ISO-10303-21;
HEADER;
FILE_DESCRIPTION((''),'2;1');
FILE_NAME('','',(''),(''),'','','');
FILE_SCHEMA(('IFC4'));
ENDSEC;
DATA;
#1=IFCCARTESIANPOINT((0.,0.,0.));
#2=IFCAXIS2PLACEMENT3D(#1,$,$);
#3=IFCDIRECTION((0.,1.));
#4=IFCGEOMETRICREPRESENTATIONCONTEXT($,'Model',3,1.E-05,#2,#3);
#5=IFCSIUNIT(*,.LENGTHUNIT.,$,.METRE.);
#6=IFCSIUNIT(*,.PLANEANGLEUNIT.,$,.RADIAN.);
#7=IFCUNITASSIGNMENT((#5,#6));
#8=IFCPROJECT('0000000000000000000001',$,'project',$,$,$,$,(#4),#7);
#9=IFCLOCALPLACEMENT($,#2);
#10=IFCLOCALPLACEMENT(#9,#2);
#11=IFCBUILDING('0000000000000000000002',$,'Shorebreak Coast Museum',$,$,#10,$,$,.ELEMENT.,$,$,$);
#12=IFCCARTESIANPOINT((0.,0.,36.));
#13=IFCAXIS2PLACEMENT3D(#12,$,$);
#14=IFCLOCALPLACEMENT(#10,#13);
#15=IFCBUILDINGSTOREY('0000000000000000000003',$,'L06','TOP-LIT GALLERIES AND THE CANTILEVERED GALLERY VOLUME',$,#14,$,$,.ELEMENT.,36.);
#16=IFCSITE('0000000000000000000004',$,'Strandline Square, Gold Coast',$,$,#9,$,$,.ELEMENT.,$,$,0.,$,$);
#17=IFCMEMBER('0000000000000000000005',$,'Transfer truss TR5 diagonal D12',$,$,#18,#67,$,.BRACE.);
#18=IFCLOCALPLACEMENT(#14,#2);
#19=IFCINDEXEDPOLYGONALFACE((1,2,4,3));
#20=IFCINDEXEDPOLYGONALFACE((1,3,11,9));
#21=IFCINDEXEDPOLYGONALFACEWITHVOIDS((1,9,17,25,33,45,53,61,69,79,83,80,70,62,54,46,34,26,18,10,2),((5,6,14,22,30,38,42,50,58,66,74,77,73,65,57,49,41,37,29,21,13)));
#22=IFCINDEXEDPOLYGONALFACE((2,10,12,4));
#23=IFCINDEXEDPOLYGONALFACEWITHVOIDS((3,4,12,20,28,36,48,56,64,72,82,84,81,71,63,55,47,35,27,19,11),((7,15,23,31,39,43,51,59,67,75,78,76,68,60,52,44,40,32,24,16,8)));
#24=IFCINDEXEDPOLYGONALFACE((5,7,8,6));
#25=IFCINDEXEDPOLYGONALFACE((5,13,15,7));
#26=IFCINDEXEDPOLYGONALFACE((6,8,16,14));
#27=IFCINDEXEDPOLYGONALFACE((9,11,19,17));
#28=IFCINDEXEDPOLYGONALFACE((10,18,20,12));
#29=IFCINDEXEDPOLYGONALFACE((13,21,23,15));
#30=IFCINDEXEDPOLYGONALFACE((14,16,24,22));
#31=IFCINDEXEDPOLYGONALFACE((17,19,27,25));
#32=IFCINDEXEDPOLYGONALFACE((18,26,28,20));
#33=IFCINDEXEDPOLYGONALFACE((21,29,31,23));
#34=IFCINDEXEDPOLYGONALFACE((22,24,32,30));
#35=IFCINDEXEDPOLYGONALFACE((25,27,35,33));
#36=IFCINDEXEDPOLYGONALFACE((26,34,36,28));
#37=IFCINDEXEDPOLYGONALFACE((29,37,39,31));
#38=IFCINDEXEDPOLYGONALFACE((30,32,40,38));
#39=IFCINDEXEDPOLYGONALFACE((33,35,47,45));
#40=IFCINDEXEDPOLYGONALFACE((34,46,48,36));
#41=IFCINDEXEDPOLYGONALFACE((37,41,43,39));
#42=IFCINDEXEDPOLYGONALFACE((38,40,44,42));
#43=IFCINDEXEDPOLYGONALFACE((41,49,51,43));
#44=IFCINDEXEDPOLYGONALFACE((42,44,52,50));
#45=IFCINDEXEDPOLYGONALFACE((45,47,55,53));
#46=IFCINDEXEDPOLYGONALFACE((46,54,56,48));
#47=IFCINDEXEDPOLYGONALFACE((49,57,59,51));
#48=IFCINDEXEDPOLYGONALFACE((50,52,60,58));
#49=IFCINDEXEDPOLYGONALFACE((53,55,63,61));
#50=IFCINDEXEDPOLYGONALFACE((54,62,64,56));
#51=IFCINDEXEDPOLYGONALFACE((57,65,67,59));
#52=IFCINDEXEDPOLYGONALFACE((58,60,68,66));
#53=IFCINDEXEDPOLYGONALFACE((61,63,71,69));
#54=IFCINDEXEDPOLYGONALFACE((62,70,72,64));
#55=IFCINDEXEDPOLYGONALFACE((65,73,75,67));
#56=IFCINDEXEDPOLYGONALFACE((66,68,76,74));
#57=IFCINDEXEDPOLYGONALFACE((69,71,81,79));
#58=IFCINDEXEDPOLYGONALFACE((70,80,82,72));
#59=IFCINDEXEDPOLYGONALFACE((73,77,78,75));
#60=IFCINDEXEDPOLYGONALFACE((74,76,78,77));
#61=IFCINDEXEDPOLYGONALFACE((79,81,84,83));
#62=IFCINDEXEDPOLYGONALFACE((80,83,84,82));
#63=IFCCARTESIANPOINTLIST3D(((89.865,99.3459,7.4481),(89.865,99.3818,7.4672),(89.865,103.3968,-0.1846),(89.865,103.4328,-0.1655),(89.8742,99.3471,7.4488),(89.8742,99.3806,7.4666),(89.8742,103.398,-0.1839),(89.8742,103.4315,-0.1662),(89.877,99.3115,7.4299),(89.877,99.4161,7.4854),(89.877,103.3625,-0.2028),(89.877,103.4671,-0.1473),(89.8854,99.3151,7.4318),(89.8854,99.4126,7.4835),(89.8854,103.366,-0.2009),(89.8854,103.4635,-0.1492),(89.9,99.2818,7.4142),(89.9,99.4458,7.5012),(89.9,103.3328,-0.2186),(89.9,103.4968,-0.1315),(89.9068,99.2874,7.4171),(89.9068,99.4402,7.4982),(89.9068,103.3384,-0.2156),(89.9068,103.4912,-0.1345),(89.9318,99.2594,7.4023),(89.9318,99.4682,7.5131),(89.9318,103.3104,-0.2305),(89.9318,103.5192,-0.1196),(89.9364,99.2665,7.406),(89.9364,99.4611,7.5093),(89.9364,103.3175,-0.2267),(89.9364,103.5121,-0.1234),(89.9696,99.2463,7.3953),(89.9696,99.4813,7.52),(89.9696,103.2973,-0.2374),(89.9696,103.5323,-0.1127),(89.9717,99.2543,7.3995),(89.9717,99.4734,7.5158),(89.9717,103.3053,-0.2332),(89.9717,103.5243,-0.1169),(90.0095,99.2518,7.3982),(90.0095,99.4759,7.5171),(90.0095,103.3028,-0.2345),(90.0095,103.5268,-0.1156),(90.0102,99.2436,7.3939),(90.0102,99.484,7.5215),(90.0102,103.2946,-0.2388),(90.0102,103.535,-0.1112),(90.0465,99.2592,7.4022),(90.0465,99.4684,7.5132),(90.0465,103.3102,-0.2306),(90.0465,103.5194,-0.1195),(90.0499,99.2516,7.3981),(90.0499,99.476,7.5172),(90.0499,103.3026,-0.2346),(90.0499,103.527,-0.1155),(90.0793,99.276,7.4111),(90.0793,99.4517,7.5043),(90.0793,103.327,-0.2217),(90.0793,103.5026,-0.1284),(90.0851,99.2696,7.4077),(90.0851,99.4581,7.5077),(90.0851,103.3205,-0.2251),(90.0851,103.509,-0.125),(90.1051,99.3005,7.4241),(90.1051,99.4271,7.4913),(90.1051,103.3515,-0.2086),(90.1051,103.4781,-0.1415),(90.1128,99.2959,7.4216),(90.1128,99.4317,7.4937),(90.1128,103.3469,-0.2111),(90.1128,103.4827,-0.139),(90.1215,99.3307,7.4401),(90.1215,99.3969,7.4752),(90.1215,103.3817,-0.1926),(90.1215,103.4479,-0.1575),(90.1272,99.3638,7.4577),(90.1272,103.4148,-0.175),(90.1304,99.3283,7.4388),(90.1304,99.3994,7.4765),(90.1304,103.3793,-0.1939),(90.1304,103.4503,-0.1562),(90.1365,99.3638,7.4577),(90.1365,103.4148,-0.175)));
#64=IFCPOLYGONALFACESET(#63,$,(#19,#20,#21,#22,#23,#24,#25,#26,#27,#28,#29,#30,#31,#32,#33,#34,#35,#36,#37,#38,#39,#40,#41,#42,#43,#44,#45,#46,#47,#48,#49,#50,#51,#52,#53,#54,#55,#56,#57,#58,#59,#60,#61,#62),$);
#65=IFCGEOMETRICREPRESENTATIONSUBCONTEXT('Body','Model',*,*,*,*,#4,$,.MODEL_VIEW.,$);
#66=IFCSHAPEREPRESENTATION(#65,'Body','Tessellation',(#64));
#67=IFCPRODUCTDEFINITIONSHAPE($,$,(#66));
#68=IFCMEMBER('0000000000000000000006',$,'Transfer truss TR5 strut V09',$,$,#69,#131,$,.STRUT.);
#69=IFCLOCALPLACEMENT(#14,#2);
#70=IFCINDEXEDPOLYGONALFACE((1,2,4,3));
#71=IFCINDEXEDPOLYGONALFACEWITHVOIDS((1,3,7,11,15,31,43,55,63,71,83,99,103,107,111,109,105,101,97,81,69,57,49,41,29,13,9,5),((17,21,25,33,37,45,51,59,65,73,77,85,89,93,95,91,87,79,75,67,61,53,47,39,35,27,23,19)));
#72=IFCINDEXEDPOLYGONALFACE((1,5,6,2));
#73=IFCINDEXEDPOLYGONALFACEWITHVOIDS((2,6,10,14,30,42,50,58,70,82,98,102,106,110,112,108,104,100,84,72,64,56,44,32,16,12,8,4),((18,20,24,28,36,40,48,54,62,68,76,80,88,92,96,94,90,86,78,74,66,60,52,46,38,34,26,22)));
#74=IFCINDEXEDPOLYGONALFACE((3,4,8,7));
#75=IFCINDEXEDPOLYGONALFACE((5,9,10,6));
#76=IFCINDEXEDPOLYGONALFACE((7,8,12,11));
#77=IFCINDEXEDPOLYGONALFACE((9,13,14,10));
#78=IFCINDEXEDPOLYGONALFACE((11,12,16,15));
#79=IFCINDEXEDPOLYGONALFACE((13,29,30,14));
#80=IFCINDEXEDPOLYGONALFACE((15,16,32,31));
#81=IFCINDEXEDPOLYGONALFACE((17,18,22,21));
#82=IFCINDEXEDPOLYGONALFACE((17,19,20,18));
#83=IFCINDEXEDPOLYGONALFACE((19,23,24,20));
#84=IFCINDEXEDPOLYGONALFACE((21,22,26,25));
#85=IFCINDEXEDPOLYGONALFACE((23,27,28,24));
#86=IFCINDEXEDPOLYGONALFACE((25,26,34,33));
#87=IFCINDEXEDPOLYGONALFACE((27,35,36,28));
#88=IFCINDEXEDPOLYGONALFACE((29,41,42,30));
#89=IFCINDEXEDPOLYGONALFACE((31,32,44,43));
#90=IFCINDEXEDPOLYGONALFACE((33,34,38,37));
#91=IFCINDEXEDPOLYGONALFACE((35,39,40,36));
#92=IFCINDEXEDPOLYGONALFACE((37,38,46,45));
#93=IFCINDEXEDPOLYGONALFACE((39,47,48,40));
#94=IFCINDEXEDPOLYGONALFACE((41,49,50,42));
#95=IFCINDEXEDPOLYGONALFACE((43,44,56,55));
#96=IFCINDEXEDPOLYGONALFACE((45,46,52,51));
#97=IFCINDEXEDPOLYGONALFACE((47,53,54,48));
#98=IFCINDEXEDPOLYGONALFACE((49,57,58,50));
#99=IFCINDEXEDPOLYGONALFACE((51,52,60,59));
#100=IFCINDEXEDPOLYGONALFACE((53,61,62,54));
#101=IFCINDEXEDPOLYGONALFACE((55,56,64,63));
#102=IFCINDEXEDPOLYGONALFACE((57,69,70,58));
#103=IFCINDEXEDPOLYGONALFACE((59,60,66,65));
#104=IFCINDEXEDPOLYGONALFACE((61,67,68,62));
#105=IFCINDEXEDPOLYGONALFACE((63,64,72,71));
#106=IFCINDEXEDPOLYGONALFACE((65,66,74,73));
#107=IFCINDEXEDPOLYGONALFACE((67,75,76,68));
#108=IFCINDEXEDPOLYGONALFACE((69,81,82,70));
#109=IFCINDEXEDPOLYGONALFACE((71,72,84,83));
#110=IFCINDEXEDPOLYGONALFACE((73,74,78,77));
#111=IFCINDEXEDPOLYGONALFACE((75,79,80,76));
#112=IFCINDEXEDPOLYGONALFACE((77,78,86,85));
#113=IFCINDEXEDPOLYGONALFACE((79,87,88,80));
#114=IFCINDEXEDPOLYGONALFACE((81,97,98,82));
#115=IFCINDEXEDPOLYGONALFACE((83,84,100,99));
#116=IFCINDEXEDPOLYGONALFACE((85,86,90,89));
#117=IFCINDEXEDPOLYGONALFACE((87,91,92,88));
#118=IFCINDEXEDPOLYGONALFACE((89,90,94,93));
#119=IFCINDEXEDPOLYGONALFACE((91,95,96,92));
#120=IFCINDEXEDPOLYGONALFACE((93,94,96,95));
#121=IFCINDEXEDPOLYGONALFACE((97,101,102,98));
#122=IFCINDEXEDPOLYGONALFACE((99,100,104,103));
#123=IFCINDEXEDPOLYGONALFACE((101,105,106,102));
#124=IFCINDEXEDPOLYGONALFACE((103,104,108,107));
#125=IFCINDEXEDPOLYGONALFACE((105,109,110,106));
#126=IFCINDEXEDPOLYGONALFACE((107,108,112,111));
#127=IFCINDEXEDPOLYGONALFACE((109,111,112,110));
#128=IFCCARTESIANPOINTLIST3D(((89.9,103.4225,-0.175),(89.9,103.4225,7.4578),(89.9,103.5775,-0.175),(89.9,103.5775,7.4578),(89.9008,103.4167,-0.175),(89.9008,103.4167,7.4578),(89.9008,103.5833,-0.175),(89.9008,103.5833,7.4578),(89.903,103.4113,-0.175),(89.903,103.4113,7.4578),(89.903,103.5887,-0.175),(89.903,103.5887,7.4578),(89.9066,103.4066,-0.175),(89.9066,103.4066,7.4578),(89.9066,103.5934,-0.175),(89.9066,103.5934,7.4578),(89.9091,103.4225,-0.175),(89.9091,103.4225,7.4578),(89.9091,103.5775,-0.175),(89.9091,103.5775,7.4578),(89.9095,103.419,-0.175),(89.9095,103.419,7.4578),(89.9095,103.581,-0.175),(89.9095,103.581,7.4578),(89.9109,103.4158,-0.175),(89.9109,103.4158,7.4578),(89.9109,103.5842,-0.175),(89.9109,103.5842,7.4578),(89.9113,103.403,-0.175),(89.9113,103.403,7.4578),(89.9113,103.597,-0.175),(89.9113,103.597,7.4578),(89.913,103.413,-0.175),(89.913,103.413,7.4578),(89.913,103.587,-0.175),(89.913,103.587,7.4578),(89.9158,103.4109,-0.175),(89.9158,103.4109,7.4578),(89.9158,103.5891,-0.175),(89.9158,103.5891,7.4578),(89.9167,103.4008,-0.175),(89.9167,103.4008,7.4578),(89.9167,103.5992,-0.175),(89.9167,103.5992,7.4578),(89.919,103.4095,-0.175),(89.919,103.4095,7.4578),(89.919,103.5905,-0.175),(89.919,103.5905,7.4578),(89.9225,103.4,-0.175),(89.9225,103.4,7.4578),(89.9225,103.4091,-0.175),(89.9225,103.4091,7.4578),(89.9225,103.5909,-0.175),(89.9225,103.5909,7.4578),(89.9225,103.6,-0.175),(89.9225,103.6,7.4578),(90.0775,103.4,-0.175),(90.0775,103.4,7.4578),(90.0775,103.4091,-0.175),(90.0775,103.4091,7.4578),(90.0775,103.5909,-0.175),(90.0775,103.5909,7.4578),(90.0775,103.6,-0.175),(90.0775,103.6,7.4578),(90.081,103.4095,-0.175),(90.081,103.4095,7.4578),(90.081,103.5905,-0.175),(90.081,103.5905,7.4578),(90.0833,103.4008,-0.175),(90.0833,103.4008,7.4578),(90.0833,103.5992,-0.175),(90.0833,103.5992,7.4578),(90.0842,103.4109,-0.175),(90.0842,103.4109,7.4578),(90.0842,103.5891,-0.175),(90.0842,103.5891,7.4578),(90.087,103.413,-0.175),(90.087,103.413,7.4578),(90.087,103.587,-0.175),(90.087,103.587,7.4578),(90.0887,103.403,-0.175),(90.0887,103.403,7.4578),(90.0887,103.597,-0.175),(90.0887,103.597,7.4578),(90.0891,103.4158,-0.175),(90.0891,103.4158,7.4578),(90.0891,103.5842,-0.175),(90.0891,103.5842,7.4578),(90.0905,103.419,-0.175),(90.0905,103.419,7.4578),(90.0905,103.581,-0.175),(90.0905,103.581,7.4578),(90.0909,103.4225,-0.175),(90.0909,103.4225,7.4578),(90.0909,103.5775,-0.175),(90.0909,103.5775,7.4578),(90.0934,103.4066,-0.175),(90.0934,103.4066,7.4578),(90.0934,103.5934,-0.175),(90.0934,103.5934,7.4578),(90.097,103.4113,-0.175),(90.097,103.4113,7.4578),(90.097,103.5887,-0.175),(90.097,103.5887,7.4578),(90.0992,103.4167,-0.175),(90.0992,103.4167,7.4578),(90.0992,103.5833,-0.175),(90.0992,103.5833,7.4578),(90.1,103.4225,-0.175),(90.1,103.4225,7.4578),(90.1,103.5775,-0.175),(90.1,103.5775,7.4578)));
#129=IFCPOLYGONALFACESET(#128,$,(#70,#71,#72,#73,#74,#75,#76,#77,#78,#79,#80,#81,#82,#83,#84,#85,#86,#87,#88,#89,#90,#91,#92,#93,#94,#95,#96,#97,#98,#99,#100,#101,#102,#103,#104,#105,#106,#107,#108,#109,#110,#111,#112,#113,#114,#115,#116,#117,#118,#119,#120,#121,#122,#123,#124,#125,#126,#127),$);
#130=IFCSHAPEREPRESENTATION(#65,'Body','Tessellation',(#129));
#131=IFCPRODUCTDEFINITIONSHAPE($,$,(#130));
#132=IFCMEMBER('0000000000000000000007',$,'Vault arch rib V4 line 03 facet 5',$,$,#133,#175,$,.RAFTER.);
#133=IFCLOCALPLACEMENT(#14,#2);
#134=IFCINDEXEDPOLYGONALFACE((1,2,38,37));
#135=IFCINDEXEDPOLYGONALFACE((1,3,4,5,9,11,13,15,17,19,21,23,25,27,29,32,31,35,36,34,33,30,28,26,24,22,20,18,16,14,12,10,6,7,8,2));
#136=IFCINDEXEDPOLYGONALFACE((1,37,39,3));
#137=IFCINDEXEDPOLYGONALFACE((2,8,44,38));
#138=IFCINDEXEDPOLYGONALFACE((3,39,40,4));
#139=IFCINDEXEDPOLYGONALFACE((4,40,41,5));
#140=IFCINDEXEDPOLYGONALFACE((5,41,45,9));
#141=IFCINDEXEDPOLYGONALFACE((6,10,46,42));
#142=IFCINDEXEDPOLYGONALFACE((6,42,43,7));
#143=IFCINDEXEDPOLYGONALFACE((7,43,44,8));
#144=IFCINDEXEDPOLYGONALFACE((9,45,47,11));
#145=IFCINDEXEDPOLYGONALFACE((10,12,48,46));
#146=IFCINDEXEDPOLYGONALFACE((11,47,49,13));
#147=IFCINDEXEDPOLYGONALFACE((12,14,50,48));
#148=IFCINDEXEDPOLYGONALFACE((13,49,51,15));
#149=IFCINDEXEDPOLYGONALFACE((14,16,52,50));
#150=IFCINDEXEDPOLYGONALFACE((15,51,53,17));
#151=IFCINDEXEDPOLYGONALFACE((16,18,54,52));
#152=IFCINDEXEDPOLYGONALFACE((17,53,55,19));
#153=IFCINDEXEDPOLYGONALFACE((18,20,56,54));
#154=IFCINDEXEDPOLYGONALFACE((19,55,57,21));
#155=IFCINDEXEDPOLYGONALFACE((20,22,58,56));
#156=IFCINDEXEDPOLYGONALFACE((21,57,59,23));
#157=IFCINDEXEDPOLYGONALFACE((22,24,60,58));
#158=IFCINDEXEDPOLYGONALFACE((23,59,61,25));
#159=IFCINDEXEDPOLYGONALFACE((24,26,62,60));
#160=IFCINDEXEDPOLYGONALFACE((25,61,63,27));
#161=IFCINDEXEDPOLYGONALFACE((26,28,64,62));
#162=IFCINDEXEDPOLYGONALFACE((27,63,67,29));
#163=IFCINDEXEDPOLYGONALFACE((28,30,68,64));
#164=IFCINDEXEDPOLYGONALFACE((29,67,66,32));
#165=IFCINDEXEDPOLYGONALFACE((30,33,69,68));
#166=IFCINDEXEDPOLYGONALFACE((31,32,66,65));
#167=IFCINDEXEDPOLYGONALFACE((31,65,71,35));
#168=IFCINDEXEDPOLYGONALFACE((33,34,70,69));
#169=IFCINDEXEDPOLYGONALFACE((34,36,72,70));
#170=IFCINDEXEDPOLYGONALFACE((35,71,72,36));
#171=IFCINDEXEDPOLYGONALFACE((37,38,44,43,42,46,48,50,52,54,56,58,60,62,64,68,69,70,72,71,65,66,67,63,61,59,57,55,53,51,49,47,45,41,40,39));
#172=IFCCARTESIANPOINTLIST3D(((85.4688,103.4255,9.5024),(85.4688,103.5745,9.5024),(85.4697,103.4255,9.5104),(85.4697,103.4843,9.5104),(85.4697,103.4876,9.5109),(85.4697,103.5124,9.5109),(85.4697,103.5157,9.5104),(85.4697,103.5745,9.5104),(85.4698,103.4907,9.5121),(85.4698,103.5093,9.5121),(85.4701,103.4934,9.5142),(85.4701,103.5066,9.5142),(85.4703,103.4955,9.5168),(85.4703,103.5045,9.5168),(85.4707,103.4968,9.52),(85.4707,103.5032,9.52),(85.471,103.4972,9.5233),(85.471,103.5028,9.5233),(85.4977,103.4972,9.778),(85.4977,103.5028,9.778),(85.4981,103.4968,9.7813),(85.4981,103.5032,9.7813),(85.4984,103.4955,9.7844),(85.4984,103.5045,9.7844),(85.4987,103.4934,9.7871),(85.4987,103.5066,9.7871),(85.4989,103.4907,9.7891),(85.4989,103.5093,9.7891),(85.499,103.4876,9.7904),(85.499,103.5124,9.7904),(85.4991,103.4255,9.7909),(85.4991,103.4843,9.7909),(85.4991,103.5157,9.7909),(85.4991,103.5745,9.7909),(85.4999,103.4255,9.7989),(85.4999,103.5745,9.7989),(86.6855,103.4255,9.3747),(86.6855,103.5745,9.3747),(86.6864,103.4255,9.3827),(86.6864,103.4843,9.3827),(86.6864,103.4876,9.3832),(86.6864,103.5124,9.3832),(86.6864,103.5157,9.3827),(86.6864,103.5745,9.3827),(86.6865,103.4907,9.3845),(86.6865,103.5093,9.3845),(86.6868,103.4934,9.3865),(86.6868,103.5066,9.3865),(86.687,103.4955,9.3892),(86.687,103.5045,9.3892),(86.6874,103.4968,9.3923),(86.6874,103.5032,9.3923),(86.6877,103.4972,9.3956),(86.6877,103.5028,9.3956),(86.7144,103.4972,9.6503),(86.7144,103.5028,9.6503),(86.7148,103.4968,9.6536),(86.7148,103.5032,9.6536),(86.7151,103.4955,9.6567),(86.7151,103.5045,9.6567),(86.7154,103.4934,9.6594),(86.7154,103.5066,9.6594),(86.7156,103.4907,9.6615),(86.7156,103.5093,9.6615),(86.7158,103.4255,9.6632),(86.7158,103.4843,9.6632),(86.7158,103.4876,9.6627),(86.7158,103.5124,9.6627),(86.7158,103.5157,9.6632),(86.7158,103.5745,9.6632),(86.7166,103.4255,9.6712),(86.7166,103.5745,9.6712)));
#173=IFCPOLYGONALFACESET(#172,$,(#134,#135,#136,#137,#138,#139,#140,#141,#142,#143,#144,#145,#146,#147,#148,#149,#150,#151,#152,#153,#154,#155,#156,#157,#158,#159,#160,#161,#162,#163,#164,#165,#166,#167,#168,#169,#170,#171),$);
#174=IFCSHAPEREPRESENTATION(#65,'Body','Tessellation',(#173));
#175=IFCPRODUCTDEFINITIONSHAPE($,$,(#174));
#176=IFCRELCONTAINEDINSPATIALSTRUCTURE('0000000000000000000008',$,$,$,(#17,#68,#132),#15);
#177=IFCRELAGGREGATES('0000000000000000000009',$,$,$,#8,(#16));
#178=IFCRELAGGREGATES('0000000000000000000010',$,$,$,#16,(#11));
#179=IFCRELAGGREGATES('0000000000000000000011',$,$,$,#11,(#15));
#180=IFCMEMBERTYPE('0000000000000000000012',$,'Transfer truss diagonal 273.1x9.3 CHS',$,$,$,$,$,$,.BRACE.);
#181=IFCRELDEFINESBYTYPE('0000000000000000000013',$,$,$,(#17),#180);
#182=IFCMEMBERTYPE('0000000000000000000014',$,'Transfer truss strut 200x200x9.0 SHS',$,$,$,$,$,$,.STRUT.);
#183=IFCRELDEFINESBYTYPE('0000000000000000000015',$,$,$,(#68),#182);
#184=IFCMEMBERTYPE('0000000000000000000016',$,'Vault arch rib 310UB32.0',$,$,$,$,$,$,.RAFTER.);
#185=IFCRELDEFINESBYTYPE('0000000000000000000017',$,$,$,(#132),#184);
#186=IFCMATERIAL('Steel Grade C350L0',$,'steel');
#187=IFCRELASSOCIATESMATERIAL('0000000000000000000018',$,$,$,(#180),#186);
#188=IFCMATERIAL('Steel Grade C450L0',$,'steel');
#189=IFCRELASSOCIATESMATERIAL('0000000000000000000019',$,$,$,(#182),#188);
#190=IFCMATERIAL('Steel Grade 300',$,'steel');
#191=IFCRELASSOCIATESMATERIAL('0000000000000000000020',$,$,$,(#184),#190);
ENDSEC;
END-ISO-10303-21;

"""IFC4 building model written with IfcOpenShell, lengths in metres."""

from ifc_helpers import new_model, si_unit, direction, frame, origin, origin_2d, place, context, subcontext, project, spatial, hollow_rectangle, hollow_circle, i_section, extrude, material, material_profile, profile_set, type_object, element, save


model = new_model("IFC4")

# Units and contexts
model_context = context("Model", 3, precision=1e-05, world=origin(), true_north=direction((0.0, 1.0)))
body_context = subcontext(model_context, "Body", "Model", "MODEL_VIEW")
ifc_project = project(units=[si_unit("LENGTHUNIT", "METRE"), si_unit("PLANEANGLEUNIT", "RADIAN")], contexts=[model_context])

# Site, building, storey
site_placement = place(None, origin())
site = spatial("IfcSite", under=ifc_project, at=site_placement, Name="Strandline Square, Gold Coast", CompositionType="ELEMENT", RefElevation=0.0)
building_placement = place(site_placement, origin())
building = spatial("IfcBuilding", under=site, at=building_placement, Name="Shorebreak Coast Museum", CompositionType="ELEMENT")
storey_placement = place(building_placement, frame((0.0, 0.0, 36.0)))
storey = spatial("IfcBuildingStorey", under=building, at=storey_placement, Name="L06", Description="TOP-LIT GALLERIES AND THE CANTILEVERED GALLERY VOLUME", CompositionType="ELEMENT", Elevation=36.0)

# Members
ifc_material_1 = material(Name="Steel Grade C350L0", Category="steel")
ifc_material_profile_1 = material_profile(ifc_material_1, hollow_circle(Radius=0.1365, WallThickness=0.0093, at=origin_2d()), Name="273.1x9.3 CHS")
ifc_profile_set_1 = profile_set([ifc_material_profile_1], Name="Steel Grade C350L0")
member_type_1 = type_object("IfcMemberType", Name="Transfer truss diagonal 273.1x9.3 CHS", PredefinedType="BRACE", material=ifc_profile_set_1)
member_1_placement = place(storey_placement, frame((90.0, 103.4148, -0.175), z_axis=(0.0, -0.468803, 0.883303), x_axis=(1.0, 0.0, 0.0)))
element("IfcMember", 1, at=member_1_placement, inside=storey, type_object=member_type_1, Name="Transfer truss TR5 diagonal D12", PredefinedType="BRACE", context=body_context, shape_type="SweptSolid", body=[
    extrude(hollow_circle(Radius=0.1365, WallThickness=0.0093, at=origin_2d()), origin(), (0.0, 0.0, 1.0), 8.6411),
])
ifc_material_2 = material(Name="Steel Grade C450L0", Category="steel")
ifc_material_profile_2 = material_profile(ifc_material_2, hollow_rectangle(XDim=0.2, YDim=0.2, WallThickness=0.009, InnerFilletRadius=0.0134, OuterFilletRadius=0.0225, at=origin_2d()), Name="200x200x9.0 SHS")
ifc_profile_set_2 = profile_set([ifc_material_profile_2], Name="Steel Grade C450L0")
member_type_2 = type_object("IfcMemberType", Name="Transfer truss strut 200x200x9.0 SHS", PredefinedType="STRUT", material=ifc_profile_set_2)
member_2_placement = place(storey_placement, frame((90.0, 103.5, -0.175), z_axis=(0.0, 0.0, 1.0), x_axis=(1.0, 0.0, 0.0)))
element("IfcMember", 2, at=member_2_placement, inside=storey, type_object=member_type_2, Name="Transfer truss TR5 strut V09", PredefinedType="STRUT", context=body_context, shape_type="SweptSolid", body=[
    extrude(hollow_rectangle(XDim=0.2, YDim=0.2, WallThickness=0.009, InnerFilletRadius=0.0134, OuterFilletRadius=0.0225, at=origin_2d()), origin(), (0.0, 0.0, 1.0), 7.6328),
])
ifc_material_3 = material(Name="Steel Grade 300", Category="steel")
ifc_material_profile_3 = material_profile(ifc_material_3, i_section(OverallWidth=0.1489, OverallDepth=0.2981, WebThickness=0.0056, FlangeThickness=0.0081, FilletRadius=0.0129, at=origin_2d()), Name="310UB32.0")
ifc_profile_set_3 = profile_set([ifc_material_profile_3], Name="Steel Grade 300")
member_type_3 = type_object("IfcMemberType", Name="Vault arch rib 310UB32.0", PredefinedType="RAFTER", material=ifc_profile_set_3)
for number, where, z_axis, x_axis, name in (
    (3, (85.4844, 103.5, 9.6506), (0.994539, 0.0, -0.104363), (0.0, 1.0, 0.0), "Vault arch rib V4 line 03 facet 5"),
):
    element("IfcMember", number, at=place(storey_placement, frame(where, z_axis=z_axis, x_axis=x_axis)), inside=storey, type_object=member_type_3, Name=name, PredefinedType="RAFTER", context=body_context, shape_type="SweptSolid", body=[
        extrude(i_section(OverallWidth=0.1489, OverallDepth=0.2981, WebThickness=0.0056, FlangeThickness=0.0081, FilletRadius=0.0129, at=origin_2d()), origin(), (0.0, 0.0, 1.0), 1.2234),
    ])

save(model, "model.ifc")
